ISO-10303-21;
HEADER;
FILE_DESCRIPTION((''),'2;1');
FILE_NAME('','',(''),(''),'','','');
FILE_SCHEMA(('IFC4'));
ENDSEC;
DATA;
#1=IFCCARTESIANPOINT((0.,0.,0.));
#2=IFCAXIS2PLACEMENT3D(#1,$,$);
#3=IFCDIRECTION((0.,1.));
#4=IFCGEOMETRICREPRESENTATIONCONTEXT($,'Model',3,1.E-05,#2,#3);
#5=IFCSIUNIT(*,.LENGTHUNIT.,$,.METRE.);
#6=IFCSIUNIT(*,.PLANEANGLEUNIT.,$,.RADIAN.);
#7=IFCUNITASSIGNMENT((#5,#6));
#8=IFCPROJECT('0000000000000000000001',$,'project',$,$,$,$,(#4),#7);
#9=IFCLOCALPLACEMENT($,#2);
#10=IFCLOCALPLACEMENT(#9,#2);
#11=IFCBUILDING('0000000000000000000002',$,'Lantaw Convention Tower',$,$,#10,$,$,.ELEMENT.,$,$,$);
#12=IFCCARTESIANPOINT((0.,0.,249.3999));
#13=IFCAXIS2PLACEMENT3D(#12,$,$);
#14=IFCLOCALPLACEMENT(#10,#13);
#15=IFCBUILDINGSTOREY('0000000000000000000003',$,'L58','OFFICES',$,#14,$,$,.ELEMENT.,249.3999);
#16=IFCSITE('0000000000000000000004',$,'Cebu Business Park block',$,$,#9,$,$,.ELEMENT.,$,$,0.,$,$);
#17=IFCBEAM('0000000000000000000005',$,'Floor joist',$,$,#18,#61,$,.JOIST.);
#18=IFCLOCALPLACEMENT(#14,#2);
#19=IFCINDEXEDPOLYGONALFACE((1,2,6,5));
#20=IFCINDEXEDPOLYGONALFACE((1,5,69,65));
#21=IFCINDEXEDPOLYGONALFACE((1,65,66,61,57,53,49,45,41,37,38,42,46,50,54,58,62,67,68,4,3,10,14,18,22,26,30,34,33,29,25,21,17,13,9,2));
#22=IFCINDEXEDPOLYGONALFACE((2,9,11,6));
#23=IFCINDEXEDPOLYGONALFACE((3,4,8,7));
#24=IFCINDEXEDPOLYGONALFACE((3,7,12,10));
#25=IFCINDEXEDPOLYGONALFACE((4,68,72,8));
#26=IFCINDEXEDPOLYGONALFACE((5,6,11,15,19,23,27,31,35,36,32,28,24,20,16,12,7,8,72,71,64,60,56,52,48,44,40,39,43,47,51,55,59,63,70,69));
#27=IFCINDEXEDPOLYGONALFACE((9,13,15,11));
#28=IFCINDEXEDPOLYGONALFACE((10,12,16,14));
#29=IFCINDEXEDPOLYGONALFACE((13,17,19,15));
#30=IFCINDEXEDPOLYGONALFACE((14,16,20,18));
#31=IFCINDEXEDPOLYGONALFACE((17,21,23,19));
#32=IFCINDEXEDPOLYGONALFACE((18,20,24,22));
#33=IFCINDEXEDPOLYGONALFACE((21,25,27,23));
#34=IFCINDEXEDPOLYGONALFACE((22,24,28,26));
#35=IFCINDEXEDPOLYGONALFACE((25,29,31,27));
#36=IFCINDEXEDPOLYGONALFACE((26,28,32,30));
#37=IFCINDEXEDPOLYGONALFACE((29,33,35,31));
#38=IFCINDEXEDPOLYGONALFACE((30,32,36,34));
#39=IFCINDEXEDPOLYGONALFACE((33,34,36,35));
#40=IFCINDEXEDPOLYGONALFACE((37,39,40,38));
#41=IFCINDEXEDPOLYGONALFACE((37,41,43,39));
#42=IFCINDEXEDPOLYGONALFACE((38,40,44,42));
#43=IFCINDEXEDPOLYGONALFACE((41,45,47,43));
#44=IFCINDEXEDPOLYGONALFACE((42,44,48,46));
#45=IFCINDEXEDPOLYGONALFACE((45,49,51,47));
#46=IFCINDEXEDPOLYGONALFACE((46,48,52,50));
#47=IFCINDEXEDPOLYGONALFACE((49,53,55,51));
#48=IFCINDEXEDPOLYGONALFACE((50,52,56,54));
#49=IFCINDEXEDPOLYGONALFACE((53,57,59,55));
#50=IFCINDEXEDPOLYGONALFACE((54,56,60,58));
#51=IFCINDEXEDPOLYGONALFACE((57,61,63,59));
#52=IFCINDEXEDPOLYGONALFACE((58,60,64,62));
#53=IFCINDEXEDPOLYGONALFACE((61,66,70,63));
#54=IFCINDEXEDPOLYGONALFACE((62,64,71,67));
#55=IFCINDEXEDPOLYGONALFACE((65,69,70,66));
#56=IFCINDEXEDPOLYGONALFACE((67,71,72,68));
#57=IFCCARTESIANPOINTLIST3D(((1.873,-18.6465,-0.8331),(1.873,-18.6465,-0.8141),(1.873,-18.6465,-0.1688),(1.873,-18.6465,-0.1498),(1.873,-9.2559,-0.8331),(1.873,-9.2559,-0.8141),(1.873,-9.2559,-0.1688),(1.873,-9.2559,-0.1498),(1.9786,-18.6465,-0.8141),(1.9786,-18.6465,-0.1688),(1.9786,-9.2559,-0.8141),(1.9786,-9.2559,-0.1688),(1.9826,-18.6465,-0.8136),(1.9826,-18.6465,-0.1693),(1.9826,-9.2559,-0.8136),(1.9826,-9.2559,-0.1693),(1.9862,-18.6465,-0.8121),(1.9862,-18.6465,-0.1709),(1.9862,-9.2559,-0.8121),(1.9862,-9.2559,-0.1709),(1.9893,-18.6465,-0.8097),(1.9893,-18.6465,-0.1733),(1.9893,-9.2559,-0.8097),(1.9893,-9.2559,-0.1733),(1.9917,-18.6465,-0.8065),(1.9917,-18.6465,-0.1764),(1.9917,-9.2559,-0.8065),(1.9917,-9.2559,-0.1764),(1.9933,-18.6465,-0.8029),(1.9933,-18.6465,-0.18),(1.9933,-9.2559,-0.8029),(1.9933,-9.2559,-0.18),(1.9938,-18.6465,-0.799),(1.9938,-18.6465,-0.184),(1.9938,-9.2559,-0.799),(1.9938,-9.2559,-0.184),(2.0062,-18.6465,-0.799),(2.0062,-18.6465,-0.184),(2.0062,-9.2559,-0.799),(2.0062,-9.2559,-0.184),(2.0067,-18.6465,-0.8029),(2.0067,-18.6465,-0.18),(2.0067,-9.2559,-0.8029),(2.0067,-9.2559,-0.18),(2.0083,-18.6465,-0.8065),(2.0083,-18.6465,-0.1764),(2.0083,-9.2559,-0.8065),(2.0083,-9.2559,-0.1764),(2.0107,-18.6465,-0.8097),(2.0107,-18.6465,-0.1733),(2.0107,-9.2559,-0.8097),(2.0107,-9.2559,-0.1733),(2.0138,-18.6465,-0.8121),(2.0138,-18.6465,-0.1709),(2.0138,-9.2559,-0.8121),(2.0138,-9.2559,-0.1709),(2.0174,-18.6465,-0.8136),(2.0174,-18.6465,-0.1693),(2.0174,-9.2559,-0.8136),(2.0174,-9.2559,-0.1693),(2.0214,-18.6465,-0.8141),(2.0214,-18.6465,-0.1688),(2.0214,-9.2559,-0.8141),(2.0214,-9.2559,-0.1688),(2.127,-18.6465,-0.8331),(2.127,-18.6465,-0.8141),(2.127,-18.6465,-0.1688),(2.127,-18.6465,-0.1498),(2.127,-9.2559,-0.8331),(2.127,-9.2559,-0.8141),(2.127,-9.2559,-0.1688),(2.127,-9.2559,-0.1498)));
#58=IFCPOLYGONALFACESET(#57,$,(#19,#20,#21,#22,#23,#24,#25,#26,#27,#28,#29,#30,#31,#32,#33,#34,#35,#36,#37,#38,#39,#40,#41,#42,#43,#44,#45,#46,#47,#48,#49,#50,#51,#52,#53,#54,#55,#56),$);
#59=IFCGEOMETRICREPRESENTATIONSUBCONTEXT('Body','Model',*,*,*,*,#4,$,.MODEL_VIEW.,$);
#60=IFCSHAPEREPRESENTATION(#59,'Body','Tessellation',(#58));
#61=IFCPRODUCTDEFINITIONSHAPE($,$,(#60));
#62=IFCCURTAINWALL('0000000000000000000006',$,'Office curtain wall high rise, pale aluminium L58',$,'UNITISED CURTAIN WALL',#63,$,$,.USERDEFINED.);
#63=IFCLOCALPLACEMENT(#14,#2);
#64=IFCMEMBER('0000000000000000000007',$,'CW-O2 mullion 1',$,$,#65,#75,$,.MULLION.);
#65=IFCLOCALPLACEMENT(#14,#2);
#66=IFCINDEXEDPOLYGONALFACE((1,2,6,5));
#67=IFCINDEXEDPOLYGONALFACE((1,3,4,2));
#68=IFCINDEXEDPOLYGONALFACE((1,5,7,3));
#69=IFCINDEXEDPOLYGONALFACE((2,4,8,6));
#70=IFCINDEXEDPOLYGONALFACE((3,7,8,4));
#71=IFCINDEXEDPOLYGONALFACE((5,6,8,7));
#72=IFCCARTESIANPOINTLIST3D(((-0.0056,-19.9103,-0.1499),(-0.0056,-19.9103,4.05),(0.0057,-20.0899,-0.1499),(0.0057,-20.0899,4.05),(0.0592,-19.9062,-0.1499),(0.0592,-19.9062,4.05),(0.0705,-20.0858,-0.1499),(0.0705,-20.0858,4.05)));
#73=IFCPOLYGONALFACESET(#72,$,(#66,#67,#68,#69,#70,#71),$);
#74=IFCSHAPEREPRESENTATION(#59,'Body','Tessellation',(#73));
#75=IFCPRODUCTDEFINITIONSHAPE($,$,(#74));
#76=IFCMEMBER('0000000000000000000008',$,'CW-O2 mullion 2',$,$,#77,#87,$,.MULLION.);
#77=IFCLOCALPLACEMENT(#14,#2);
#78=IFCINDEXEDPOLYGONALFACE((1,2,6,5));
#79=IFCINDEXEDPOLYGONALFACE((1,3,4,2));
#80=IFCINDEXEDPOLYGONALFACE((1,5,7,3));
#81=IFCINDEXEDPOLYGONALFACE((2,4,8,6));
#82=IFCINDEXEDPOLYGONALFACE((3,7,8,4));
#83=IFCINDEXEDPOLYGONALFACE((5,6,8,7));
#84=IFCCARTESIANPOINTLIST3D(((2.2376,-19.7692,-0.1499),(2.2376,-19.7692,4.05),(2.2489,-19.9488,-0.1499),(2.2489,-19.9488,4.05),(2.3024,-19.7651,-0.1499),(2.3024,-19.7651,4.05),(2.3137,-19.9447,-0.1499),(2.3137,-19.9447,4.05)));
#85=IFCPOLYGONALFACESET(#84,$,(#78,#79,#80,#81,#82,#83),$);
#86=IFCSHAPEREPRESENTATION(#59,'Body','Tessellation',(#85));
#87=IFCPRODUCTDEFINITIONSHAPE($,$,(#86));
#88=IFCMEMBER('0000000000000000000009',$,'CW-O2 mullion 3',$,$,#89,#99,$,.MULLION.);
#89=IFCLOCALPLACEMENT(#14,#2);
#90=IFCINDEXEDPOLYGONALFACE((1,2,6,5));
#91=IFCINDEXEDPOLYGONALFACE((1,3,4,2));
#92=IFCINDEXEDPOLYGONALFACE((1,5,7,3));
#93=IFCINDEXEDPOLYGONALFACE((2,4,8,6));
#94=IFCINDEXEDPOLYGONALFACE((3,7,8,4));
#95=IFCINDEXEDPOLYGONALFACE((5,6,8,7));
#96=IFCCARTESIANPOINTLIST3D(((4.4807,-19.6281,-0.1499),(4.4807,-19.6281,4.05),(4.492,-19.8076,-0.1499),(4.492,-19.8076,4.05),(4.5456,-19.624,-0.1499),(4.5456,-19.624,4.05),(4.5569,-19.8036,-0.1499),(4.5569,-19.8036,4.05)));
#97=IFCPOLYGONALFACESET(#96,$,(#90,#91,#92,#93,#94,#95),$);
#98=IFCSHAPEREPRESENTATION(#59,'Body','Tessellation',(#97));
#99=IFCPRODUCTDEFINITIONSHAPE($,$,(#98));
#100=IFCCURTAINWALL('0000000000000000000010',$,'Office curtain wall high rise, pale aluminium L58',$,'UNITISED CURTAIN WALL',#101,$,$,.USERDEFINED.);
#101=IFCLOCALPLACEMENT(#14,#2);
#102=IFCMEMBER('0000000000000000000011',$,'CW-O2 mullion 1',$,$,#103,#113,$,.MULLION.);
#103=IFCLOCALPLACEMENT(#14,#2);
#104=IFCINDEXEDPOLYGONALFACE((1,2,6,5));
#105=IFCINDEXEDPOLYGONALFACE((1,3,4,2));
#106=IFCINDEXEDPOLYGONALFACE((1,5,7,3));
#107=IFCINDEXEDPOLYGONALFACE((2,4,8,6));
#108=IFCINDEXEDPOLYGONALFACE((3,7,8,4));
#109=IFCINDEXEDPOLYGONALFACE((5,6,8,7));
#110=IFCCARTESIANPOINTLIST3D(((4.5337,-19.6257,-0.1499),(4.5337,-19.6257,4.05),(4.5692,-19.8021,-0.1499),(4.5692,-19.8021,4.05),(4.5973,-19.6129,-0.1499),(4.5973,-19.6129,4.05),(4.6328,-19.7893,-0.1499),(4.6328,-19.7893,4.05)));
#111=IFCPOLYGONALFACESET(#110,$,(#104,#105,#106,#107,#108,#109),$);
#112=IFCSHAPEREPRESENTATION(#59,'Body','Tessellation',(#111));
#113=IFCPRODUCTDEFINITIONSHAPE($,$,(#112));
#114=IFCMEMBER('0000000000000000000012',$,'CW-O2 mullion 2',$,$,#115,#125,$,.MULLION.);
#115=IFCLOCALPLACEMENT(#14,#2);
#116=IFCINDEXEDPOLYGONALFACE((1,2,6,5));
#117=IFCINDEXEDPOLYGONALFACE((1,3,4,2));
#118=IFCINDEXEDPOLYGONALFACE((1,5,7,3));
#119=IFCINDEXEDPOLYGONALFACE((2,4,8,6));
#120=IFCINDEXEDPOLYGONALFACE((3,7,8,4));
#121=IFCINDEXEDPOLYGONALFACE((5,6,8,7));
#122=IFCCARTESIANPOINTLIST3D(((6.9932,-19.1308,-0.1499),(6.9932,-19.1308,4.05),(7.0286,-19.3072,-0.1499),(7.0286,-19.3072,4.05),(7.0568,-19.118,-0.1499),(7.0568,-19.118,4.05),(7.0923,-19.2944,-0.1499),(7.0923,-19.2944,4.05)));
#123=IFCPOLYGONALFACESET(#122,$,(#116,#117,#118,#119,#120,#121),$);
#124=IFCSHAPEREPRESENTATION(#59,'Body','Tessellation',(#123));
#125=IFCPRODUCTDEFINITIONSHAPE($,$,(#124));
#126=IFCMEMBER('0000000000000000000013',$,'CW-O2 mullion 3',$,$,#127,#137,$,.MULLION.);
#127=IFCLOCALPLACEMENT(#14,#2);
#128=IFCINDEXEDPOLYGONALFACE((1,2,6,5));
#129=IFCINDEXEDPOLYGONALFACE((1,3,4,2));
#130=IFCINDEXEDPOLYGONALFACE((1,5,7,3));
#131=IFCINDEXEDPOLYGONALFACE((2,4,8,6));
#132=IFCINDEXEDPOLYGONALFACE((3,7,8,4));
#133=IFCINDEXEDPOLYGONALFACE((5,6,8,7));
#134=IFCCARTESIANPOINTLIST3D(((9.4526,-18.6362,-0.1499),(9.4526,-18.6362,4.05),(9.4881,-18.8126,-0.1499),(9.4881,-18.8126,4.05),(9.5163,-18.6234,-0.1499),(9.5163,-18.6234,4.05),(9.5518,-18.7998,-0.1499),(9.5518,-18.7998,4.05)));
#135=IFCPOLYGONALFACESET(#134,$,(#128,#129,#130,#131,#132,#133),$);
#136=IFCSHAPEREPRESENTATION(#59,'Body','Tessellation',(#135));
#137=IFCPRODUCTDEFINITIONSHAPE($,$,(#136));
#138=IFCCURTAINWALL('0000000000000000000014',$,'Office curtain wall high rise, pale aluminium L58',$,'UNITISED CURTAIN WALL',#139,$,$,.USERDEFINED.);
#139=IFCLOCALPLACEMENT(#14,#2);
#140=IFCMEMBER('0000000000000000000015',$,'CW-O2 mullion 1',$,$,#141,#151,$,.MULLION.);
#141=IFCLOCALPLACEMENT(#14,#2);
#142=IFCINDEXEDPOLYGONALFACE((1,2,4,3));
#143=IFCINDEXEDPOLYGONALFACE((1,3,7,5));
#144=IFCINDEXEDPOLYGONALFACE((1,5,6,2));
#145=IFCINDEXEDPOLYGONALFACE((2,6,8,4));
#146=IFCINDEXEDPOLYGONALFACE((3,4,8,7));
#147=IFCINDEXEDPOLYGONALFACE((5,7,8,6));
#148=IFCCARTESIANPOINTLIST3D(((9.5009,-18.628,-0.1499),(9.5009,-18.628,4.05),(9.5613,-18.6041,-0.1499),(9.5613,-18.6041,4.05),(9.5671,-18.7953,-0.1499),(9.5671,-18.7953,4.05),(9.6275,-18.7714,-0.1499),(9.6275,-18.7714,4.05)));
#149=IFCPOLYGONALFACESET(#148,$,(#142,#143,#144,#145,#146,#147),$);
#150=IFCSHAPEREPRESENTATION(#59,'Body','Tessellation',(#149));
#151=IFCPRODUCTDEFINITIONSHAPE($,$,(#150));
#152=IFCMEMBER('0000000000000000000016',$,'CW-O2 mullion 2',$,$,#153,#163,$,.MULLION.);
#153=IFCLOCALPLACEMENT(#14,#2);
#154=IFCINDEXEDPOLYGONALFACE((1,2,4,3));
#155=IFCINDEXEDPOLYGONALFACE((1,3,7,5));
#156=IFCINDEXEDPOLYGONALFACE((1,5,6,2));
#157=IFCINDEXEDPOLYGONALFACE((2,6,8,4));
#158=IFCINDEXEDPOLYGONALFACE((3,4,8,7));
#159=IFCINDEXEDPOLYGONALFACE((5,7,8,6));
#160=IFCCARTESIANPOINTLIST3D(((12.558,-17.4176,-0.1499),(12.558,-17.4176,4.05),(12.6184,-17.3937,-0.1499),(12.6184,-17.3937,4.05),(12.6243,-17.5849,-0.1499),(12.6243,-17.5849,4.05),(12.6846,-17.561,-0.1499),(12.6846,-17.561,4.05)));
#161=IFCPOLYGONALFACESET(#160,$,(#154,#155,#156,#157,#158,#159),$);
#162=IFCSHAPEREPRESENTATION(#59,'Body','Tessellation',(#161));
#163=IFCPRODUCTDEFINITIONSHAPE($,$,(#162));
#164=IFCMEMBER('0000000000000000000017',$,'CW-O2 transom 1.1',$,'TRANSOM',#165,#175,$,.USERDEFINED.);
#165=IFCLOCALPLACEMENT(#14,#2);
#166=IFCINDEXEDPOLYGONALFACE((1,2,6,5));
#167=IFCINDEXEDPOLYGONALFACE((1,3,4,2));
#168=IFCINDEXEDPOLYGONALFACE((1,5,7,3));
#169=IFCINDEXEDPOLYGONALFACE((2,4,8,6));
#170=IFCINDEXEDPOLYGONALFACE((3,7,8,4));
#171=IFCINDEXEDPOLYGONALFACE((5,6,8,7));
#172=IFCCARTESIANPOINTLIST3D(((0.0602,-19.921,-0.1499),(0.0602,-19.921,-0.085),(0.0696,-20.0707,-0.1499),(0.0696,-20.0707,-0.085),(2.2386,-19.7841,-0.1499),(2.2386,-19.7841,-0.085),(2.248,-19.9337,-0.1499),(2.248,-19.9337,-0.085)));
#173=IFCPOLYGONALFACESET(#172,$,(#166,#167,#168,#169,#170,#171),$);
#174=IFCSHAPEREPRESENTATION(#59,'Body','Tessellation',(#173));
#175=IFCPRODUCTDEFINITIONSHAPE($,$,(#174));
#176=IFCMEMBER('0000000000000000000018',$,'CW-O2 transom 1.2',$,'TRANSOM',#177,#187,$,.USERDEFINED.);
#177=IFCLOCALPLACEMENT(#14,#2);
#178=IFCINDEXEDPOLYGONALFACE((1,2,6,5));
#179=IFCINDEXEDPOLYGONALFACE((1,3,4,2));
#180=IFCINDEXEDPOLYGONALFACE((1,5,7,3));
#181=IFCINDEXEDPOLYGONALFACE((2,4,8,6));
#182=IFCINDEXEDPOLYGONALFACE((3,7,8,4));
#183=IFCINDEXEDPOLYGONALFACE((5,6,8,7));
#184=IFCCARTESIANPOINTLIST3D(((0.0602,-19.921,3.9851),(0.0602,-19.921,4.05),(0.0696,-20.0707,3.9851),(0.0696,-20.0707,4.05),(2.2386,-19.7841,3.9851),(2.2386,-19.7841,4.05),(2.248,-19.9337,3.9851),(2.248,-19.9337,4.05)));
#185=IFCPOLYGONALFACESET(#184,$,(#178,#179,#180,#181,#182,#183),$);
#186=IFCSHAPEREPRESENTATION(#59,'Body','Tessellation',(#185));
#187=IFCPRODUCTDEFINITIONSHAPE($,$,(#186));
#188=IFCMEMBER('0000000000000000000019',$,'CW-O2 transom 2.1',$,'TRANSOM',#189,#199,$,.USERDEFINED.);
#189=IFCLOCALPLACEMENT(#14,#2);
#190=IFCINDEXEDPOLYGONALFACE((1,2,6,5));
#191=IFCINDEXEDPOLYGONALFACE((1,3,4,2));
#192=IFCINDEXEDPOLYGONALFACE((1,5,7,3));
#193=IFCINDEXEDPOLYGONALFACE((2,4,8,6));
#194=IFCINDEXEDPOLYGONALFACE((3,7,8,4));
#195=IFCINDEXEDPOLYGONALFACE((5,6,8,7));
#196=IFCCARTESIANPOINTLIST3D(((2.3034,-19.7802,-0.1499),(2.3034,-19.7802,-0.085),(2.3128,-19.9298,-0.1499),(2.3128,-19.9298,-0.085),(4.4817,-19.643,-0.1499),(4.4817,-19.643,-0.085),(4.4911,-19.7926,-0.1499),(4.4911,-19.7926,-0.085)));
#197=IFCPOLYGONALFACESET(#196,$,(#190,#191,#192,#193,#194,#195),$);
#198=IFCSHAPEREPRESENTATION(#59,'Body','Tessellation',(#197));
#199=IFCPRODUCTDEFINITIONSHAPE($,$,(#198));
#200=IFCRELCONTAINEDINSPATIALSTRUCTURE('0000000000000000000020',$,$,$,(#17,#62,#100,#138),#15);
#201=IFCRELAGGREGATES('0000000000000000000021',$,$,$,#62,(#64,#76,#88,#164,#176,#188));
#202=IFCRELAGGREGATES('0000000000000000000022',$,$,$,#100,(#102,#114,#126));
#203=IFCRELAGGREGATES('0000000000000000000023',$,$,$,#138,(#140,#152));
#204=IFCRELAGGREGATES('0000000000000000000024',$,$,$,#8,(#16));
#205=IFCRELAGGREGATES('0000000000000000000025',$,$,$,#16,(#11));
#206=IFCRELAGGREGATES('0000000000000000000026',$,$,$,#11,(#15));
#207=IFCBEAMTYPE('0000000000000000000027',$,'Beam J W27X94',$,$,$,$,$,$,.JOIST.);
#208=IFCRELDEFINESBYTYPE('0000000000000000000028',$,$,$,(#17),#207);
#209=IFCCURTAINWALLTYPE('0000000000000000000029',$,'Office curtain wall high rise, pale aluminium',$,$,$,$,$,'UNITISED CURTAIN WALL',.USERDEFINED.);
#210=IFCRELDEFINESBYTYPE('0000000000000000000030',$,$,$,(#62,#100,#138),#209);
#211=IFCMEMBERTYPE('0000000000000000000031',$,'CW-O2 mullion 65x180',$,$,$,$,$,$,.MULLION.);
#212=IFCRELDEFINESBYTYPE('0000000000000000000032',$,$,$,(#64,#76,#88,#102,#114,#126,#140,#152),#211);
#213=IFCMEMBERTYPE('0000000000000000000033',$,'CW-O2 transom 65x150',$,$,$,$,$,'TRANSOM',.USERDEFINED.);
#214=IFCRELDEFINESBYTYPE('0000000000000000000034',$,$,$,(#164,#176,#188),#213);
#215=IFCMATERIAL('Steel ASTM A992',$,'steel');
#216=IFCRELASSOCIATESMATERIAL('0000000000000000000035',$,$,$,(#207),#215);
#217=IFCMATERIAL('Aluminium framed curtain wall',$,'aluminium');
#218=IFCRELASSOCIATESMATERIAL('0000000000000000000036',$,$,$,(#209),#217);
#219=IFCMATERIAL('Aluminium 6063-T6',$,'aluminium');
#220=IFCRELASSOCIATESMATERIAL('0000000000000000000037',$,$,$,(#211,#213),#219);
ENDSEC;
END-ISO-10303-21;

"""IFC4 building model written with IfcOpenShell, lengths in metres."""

from ifc_helpers import new_model, si_unit, direction, frame, origin, origin_2d, place, context, subcontext, project, spatial, rectangle, i_section, extrude, material, material_profile, profile_set, type_object, element, aggregate, save


model = new_model("IFC4")

# Units and contexts
model_context = context("Model", 3, precision=1e-05, world=origin(), true_north=direction((0.0, 1.0)))
body_context = subcontext(model_context, "Body", "Model", "MODEL_VIEW")
ifc_project = project(units=[si_unit("LENGTHUNIT", "METRE"), si_unit("PLANEANGLEUNIT", "RADIAN")], contexts=[model_context])

# Site, building, storey
site_placement = place(None, origin())
site = spatial("IfcSite", under=ifc_project, at=site_placement, Name="Cebu Business Park block", CompositionType="ELEMENT", RefElevation=0.0)
building_placement = place(site_placement, origin())
building = spatial("IfcBuilding", under=site, at=building_placement, Name="Lantaw Convention Tower", CompositionType="ELEMENT")
storey_placement = place(building_placement, frame((0.0, 0.0, 249.3999)))
storey = spatial("IfcBuildingStorey", under=building, at=storey_placement, Name="L58", Description="OFFICES", CompositionType="ELEMENT", Elevation=249.3999)

# Beam
ifc_material_1 = material(Name="Steel ASTM A992", Category="steel")
ifc_material_profile_1 = material_profile(ifc_material_1, i_section(OverallWidth=0.2539, OverallDepth=0.6833, WebThickness=0.0125, FlangeThickness=0.019, FilletRadius=0.0151, at=origin_2d()), Name="W27X94")
ifc_profile_set_1 = profile_set([ifc_material_profile_1], Name="Steel ASTM A992")
beam_type_1 = type_object("IfcBeamType", Name="Beam J W27X94", PredefinedType="JOIST", material=ifc_profile_set_1)
beam_1_placement = place(storey_placement, frame((2.0, -18.6465, -0.4915), z_axis=(0.0, 1.0, 0.0), x_axis=(-1.0, 0.0, 0.0)))
element("IfcBeam", 1, at=beam_1_placement, inside=storey, type_object=beam_type_1, Name="Floor joist", PredefinedType="JOIST", context=body_context, shape_type="SweptSolid", body=[
    extrude(i_section(OverallWidth=0.2539, OverallDepth=0.6833, WebThickness=0.0125, FlangeThickness=0.019, FilletRadius=0.0151, at=origin_2d()), origin(), (0.0, 0.0, 1.0), 9.3906),
])

# Curtain walls, members
ifc_material_2 = material(Name="Aluminium framed curtain wall", Category="aluminium")
curtain_wall_type = type_object("IfcCurtainWallType", Name="Office curtain wall high rise, pale aluminium", ElementType="UNITISED CURTAIN WALL", PredefinedType="USERDEFINED", material=ifc_material_2)
curtain_wall_1_placement = place(storey_placement, origin())
curtain_wall_1 = element("IfcCurtainWall", 2, at=curtain_wall_1_placement, inside=storey, type_object=curtain_wall_type, Name="Office curtain wall high rise, pale aluminium L58", ObjectType="UNITISED CURTAIN WALL", PredefinedType="USERDEFINED")
ifc_material_3 = material(Name="Aluminium 6063-T6", Category="aluminium")
ifc_material_profile_2 = material_profile(ifc_material_3, rectangle(XDim=0.1799, YDim=0.0649, at=origin_2d()), Name="CW-O2 mullion 65x180")
ifc_profile_set_2 = profile_set([ifc_material_profile_2], Name="Aluminium 6063-T6")
member_type_1 = type_object("IfcMemberType", Name="CW-O2 mullion 65x180", PredefinedType="MULLION", material=ifc_profile_set_2)
member_1_placement = place(storey_placement, frame((0.0325, -19.998, -0.1499), z_axis=(0.0, 0.0, 1.0), x_axis=(-0.062758, 0.998029, 0.0)))
member_1 = element("IfcMember", 3, at=member_1_placement, type_object=member_type_1, Name="CW-O2 mullion 1", PredefinedType="MULLION", context=body_context, shape_type="SweptSolid", body=[
    extrude(rectangle(XDim=0.1799, YDim=0.0649, at=origin_2d()), origin(), (0.0, 0.0, 1.0), 4.2),
])
member_2_placement = place(storey_placement, frame((2.2756, -19.8569, -0.1499), z_axis=(0.0, 0.0, 1.0), x_axis=(-0.062758, 0.998029, 0.0)))
member_2 = element("IfcMember", 4, at=member_2_placement, type_object=member_type_1, Name="CW-O2 mullion 2", PredefinedType="MULLION", context=body_context, shape_type="SweptSolid", body=[
    extrude(rectangle(XDim=0.1799, YDim=0.0649, at=origin_2d()), origin(), (0.0, 0.0, 1.0), 4.2),
])
member_3_placement = place(storey_placement, frame((4.5188, -19.7158, -0.1499), z_axis=(0.0, 0.0, 1.0), x_axis=(-0.062758, 0.998029, 0.0)))
member_3 = element("IfcMember", 5, at=member_3_placement, type_object=member_type_1, Name="CW-O2 mullion 3", PredefinedType="MULLION", context=body_context, shape_type="SweptSolid", body=[
    extrude(rectangle(XDim=0.1799, YDim=0.0649, at=origin_2d()), origin(), (0.0, 0.0, 1.0), 4.2),
])
curtain_wall_2_placement = place(storey_placement, origin())
curtain_wall_2 = element("IfcCurtainWall", 6, at=curtain_wall_2_placement, inside=storey, type_object=curtain_wall_type, Name="Office curtain wall high rise, pale aluminium L58", ObjectType="UNITISED CURTAIN WALL", PredefinedType="USERDEFINED")
member_4_placement = place(storey_placement, frame((4.5833, -19.7075, -0.1499), z_axis=(0.0, 0.0, 1.0), x_axis=(-0.197183, 0.980367, 0.0)))
member_4 = element("IfcMember", 7, at=member_4_placement, type_object=member_type_1, Name="CW-O2 mullion 1", PredefinedType="MULLION", context=body_context, shape_type="SweptSolid", body=[
    extrude(rectangle(XDim=0.1799, YDim=0.0649, at=origin_2d()), origin(), (0.0, 0.0, 1.0), 4.2),
])
member_5_placement = place(storey_placement, frame((7.0427, -19.2126, -0.1499), z_axis=(0.0, 0.0, 1.0), x_axis=(-0.197183, 0.980367, 0.0)))
member_5 = element("IfcMember", 8, at=member_5_placement, type_object=member_type_1, Name="CW-O2 mullion 2", PredefinedType="MULLION", context=body_context, shape_type="SweptSolid", body=[
    extrude(rectangle(XDim=0.1799, YDim=0.0649, at=origin_2d()), origin(), (0.0, 0.0, 1.0), 4.2),
])
member_6_placement = place(storey_placement, frame((9.5022, -18.718, -0.1499), z_axis=(0.0, 0.0, 1.0), x_axis=(-0.197183, 0.980367, 0.0)))
member_6 = element("IfcMember", 9, at=member_6_placement, type_object=member_type_1, Name="CW-O2 mullion 3", PredefinedType="MULLION", context=body_context, shape_type="SweptSolid", body=[
    extrude(rectangle(XDim=0.1799, YDim=0.0649, at=origin_2d()), origin(), (0.0, 0.0, 1.0), 4.2),
])
curtain_wall_3_placement = place(storey_placement, origin())
curtain_wall_3 = element("IfcCurtainWall", 10, at=curtain_wall_3_placement, inside=storey, type_object=curtain_wall_type, Name="Office curtain wall high rise, pale aluminium L58", ObjectType="UNITISED CURTAIN WALL", PredefinedType="USERDEFINED")
member_7_placement = place(storey_placement, frame((9.5642, -18.6997, -0.1499), z_axis=(0.0, 0.0, 1.0), x_axis=(-0.368162, 0.929762, 0.0)))
member_7 = element("IfcMember", 11, at=member_7_placement, type_object=member_type_1, Name="CW-O2 mullion 1", PredefinedType="MULLION", context=body_context, shape_type="SweptSolid", body=[
    extrude(rectangle(XDim=0.1799, YDim=0.0649, at=origin_2d()), origin(), (0.0, 0.0, 1.0), 4.2),
])
member_8_placement = place(storey_placement, frame((12.6213, -17.4893, -0.1499), z_axis=(0.0, 0.0, 1.0), x_axis=(-0.368162, 0.929762, 0.0)))
member_8 = element("IfcMember", 12, at=member_8_placement, type_object=member_type_1, Name="CW-O2 mullion 2", PredefinedType="MULLION", context=body_context, shape_type="SweptSolid", body=[
    extrude(rectangle(XDim=0.1799, YDim=0.0649, at=origin_2d()), origin(), (0.0, 0.0, 1.0), 4.2),
])

# Members
ifc_material_profile_3 = material_profile(ifc_material_3, rectangle(XDim=0.1499, YDim=0.0649, at=origin_2d()), Name="CW-O2 transom 65x150")
ifc_profile_set_3 = profile_set([ifc_material_profile_3], Name="Aluminium 6063-T6")
member_type_2 = type_object("IfcMemberType", Name="CW-O2 transom 65x150", ElementType="TRANSOM", PredefinedType="USERDEFINED", material=ifc_profile_set_3)
member_9_placement = place(storey_placement, frame((0.0649, -19.9958, -0.1174), z_axis=(0.998029, 0.062754, 0.0), x_axis=(-0.062754, 0.998029, 0.0)))
member_9 = element("IfcMember", 13, at=member_9_placement, type_object=member_type_2, Name="CW-O2 transom 1.1", ObjectType="TRANSOM", PredefinedType="USERDEFINED", context=body_context, shape_type="SweptSolid", body=[
    extrude(rectangle(XDim=0.1499, YDim=0.0649, at=origin_2d()), origin(), (0.0, 0.0, 1.0), 2.1826),
])
member_10_placement = place(storey_placement, frame((0.0649, -19.9958, 4.0176), z_axis=(0.998029, 0.062754, 0.0), x_axis=(-0.062754, 0.998029, 0.0)))
member_10 = element("IfcMember", 14, at=member_10_placement, type_object=member_type_2, Name="CW-O2 transom 1.2", ObjectType="TRANSOM", PredefinedType="USERDEFINED", context=body_context, shape_type="SweptSolid", body=[
    extrude(rectangle(XDim=0.1499, YDim=0.0649, at=origin_2d()), origin(), (0.0, 0.0, 1.0), 2.1826),
])
member_11_placement = place(storey_placement, frame((2.3081, -19.855, -0.1174), z_axis=(0.998022, 0.062866, 0.0), x_axis=(-0.062866, 0.998022, 0.0)))
member_11 = element("IfcMember", 15, at=member_11_placement, type_object=member_type_2, Name="CW-O2 transom 2.1", ObjectType="TRANSOM", PredefinedType="USERDEFINED", context=body_context, shape_type="SweptSolid", body=[
    extrude(rectangle(XDim=0.1499, YDim=0.0649, at=origin_2d()), origin(), (0.0, 0.0, 1.0), 2.1826),
])

aggregate(curtain_wall_1, [member_1, member_2, member_3, member_9, member_10, member_11])
aggregate(curtain_wall_2, [member_4, member_5, member_6])
aggregate(curtain_wall_3, [member_7, member_8])

save(model, "model.ifc")
